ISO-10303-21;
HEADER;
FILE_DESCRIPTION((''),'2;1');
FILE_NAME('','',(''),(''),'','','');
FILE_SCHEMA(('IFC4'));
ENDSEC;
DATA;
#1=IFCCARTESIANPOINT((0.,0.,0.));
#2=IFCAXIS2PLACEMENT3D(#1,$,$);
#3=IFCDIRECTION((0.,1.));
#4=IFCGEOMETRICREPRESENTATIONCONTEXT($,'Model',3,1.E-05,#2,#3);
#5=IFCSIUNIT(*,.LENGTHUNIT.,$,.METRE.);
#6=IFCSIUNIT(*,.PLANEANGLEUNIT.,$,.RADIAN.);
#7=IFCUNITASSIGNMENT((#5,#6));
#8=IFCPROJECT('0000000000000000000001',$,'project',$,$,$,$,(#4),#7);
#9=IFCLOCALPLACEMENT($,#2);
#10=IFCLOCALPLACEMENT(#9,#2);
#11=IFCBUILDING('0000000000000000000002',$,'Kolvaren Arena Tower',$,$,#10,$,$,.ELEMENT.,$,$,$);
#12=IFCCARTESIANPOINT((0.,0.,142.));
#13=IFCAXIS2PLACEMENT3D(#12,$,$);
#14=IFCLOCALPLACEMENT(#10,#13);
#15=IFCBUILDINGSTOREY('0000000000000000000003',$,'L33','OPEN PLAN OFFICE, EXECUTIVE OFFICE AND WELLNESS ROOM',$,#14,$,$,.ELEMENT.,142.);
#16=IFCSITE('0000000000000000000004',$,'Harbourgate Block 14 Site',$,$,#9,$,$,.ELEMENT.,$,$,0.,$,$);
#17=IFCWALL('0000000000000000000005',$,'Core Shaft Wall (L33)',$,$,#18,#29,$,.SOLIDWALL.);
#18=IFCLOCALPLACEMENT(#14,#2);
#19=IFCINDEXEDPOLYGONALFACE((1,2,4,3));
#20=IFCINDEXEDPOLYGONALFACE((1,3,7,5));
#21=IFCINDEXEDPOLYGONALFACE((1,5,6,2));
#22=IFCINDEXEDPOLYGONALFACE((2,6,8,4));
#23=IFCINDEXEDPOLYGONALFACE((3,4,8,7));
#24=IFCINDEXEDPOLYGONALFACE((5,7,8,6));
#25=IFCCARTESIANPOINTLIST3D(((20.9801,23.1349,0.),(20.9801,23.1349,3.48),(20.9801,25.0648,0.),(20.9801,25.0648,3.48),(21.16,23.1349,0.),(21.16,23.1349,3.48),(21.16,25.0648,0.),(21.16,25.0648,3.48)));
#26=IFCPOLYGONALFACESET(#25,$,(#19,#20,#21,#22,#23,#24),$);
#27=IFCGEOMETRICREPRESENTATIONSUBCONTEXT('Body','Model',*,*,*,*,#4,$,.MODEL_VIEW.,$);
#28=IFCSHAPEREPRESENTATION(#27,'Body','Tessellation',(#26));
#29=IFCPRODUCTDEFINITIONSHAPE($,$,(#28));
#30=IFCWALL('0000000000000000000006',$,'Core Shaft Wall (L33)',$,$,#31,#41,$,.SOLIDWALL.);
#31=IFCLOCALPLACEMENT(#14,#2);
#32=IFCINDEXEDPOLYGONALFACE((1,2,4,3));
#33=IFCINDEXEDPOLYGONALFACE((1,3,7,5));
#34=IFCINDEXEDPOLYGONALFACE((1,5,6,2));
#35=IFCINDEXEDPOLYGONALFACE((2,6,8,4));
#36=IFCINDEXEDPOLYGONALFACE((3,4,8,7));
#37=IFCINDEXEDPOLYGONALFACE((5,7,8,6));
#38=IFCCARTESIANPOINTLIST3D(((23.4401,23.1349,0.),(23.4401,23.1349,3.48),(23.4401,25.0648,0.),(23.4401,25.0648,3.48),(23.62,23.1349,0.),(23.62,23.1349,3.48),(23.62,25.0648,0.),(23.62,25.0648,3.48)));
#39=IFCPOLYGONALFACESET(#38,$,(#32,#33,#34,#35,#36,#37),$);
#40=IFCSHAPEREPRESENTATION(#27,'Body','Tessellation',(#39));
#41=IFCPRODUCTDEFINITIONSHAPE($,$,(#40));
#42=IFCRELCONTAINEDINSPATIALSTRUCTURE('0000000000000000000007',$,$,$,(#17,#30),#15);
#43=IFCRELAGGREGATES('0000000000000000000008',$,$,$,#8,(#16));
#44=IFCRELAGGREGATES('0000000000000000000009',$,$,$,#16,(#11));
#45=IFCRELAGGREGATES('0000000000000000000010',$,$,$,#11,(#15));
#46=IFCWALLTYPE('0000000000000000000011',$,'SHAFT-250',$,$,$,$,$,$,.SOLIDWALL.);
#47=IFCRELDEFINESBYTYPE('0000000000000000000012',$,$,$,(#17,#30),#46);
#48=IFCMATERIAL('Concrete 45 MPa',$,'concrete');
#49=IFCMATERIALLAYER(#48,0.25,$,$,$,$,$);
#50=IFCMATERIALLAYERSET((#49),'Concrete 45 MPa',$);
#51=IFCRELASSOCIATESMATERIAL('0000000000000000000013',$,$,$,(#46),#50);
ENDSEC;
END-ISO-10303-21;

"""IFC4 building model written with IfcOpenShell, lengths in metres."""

from ifc_helpers import new_model, si_unit, direction, frame, frame_2d, origin, place, context, subcontext, project, spatial, rectangle, extrude, material, layer, layer_set, type_object, element, save


model = new_model("IFC4")

# Units and contexts
model_context = context("Model", 3, precision=1e-05, world=origin(), true_north=direction((0.0, 1.0)))
body_context = subcontext(model_context, "Body", "Model", "MODEL_VIEW")
ifc_project = project(units=[si_unit("LENGTHUNIT", "METRE"), si_unit("PLANEANGLEUNIT", "RADIAN")], contexts=[model_context])

# Site, building, storey
site_placement = place(None, origin())
site = spatial("IfcSite", under=ifc_project, at=site_placement, Name="Harbourgate Block 14 Site", CompositionType="ELEMENT", RefElevation=0.0)
building_placement = place(site_placement, origin())
building = spatial("IfcBuilding", under=site, at=building_placement, Name="Kolvaren Arena Tower", CompositionType="ELEMENT")
storey_placement = place(building_placement, frame((0.0, 0.0, 142.0)))
storey = spatial("IfcBuildingStorey", under=building, at=storey_placement, Name="L33", Description="OPEN PLAN OFFICE, EXECUTIVE OFFICE AND WELLNESS ROOM", CompositionType="ELEMENT", Elevation=142.0)

# Shared definitions
ifc_material_1 = material(Name="Concrete 45 MPa", Category="concrete")
ifc_layer_1 = layer(ifc_material_1, 0.25)
ifc_layer_set_1 = layer_set([ifc_layer_1], Name="Concrete 45 MPa")
wall_type_1 = type_object("IfcWallType", Name="SHAFT-250", PredefinedType="SOLIDWALL", material=ifc_layer_set_1)

# Walls
for number, where, z_axis, x_axis, name in (
    (1, (21.0701, 23.135, 0.0), (0.0, 0.0, 1.0), (0.0, 1.0, 0.0), "Core Shaft Wall (L33)"),
    (2, (23.53, 23.135, 0.0), (0.0, 0.0, 1.0), (0.0, 1.0, 0.0), "Core Shaft Wall (L33)"),
):
    element("IfcWall", number, at=place(storey_placement, frame(where, z_axis=z_axis, x_axis=x_axis)), inside=storey, type_object=wall_type_1, Name=name, PredefinedType="SOLIDWALL", context=body_context, shape_type="SweptSolid", body=[
        extrude(rectangle(XDim=1.9299, YDim=0.1799, at=frame_2d((0.9648, 0.0))), origin(), (0.0, 0.0, 1.0), 3.48),
    ])

save(model, "model.ifc")
